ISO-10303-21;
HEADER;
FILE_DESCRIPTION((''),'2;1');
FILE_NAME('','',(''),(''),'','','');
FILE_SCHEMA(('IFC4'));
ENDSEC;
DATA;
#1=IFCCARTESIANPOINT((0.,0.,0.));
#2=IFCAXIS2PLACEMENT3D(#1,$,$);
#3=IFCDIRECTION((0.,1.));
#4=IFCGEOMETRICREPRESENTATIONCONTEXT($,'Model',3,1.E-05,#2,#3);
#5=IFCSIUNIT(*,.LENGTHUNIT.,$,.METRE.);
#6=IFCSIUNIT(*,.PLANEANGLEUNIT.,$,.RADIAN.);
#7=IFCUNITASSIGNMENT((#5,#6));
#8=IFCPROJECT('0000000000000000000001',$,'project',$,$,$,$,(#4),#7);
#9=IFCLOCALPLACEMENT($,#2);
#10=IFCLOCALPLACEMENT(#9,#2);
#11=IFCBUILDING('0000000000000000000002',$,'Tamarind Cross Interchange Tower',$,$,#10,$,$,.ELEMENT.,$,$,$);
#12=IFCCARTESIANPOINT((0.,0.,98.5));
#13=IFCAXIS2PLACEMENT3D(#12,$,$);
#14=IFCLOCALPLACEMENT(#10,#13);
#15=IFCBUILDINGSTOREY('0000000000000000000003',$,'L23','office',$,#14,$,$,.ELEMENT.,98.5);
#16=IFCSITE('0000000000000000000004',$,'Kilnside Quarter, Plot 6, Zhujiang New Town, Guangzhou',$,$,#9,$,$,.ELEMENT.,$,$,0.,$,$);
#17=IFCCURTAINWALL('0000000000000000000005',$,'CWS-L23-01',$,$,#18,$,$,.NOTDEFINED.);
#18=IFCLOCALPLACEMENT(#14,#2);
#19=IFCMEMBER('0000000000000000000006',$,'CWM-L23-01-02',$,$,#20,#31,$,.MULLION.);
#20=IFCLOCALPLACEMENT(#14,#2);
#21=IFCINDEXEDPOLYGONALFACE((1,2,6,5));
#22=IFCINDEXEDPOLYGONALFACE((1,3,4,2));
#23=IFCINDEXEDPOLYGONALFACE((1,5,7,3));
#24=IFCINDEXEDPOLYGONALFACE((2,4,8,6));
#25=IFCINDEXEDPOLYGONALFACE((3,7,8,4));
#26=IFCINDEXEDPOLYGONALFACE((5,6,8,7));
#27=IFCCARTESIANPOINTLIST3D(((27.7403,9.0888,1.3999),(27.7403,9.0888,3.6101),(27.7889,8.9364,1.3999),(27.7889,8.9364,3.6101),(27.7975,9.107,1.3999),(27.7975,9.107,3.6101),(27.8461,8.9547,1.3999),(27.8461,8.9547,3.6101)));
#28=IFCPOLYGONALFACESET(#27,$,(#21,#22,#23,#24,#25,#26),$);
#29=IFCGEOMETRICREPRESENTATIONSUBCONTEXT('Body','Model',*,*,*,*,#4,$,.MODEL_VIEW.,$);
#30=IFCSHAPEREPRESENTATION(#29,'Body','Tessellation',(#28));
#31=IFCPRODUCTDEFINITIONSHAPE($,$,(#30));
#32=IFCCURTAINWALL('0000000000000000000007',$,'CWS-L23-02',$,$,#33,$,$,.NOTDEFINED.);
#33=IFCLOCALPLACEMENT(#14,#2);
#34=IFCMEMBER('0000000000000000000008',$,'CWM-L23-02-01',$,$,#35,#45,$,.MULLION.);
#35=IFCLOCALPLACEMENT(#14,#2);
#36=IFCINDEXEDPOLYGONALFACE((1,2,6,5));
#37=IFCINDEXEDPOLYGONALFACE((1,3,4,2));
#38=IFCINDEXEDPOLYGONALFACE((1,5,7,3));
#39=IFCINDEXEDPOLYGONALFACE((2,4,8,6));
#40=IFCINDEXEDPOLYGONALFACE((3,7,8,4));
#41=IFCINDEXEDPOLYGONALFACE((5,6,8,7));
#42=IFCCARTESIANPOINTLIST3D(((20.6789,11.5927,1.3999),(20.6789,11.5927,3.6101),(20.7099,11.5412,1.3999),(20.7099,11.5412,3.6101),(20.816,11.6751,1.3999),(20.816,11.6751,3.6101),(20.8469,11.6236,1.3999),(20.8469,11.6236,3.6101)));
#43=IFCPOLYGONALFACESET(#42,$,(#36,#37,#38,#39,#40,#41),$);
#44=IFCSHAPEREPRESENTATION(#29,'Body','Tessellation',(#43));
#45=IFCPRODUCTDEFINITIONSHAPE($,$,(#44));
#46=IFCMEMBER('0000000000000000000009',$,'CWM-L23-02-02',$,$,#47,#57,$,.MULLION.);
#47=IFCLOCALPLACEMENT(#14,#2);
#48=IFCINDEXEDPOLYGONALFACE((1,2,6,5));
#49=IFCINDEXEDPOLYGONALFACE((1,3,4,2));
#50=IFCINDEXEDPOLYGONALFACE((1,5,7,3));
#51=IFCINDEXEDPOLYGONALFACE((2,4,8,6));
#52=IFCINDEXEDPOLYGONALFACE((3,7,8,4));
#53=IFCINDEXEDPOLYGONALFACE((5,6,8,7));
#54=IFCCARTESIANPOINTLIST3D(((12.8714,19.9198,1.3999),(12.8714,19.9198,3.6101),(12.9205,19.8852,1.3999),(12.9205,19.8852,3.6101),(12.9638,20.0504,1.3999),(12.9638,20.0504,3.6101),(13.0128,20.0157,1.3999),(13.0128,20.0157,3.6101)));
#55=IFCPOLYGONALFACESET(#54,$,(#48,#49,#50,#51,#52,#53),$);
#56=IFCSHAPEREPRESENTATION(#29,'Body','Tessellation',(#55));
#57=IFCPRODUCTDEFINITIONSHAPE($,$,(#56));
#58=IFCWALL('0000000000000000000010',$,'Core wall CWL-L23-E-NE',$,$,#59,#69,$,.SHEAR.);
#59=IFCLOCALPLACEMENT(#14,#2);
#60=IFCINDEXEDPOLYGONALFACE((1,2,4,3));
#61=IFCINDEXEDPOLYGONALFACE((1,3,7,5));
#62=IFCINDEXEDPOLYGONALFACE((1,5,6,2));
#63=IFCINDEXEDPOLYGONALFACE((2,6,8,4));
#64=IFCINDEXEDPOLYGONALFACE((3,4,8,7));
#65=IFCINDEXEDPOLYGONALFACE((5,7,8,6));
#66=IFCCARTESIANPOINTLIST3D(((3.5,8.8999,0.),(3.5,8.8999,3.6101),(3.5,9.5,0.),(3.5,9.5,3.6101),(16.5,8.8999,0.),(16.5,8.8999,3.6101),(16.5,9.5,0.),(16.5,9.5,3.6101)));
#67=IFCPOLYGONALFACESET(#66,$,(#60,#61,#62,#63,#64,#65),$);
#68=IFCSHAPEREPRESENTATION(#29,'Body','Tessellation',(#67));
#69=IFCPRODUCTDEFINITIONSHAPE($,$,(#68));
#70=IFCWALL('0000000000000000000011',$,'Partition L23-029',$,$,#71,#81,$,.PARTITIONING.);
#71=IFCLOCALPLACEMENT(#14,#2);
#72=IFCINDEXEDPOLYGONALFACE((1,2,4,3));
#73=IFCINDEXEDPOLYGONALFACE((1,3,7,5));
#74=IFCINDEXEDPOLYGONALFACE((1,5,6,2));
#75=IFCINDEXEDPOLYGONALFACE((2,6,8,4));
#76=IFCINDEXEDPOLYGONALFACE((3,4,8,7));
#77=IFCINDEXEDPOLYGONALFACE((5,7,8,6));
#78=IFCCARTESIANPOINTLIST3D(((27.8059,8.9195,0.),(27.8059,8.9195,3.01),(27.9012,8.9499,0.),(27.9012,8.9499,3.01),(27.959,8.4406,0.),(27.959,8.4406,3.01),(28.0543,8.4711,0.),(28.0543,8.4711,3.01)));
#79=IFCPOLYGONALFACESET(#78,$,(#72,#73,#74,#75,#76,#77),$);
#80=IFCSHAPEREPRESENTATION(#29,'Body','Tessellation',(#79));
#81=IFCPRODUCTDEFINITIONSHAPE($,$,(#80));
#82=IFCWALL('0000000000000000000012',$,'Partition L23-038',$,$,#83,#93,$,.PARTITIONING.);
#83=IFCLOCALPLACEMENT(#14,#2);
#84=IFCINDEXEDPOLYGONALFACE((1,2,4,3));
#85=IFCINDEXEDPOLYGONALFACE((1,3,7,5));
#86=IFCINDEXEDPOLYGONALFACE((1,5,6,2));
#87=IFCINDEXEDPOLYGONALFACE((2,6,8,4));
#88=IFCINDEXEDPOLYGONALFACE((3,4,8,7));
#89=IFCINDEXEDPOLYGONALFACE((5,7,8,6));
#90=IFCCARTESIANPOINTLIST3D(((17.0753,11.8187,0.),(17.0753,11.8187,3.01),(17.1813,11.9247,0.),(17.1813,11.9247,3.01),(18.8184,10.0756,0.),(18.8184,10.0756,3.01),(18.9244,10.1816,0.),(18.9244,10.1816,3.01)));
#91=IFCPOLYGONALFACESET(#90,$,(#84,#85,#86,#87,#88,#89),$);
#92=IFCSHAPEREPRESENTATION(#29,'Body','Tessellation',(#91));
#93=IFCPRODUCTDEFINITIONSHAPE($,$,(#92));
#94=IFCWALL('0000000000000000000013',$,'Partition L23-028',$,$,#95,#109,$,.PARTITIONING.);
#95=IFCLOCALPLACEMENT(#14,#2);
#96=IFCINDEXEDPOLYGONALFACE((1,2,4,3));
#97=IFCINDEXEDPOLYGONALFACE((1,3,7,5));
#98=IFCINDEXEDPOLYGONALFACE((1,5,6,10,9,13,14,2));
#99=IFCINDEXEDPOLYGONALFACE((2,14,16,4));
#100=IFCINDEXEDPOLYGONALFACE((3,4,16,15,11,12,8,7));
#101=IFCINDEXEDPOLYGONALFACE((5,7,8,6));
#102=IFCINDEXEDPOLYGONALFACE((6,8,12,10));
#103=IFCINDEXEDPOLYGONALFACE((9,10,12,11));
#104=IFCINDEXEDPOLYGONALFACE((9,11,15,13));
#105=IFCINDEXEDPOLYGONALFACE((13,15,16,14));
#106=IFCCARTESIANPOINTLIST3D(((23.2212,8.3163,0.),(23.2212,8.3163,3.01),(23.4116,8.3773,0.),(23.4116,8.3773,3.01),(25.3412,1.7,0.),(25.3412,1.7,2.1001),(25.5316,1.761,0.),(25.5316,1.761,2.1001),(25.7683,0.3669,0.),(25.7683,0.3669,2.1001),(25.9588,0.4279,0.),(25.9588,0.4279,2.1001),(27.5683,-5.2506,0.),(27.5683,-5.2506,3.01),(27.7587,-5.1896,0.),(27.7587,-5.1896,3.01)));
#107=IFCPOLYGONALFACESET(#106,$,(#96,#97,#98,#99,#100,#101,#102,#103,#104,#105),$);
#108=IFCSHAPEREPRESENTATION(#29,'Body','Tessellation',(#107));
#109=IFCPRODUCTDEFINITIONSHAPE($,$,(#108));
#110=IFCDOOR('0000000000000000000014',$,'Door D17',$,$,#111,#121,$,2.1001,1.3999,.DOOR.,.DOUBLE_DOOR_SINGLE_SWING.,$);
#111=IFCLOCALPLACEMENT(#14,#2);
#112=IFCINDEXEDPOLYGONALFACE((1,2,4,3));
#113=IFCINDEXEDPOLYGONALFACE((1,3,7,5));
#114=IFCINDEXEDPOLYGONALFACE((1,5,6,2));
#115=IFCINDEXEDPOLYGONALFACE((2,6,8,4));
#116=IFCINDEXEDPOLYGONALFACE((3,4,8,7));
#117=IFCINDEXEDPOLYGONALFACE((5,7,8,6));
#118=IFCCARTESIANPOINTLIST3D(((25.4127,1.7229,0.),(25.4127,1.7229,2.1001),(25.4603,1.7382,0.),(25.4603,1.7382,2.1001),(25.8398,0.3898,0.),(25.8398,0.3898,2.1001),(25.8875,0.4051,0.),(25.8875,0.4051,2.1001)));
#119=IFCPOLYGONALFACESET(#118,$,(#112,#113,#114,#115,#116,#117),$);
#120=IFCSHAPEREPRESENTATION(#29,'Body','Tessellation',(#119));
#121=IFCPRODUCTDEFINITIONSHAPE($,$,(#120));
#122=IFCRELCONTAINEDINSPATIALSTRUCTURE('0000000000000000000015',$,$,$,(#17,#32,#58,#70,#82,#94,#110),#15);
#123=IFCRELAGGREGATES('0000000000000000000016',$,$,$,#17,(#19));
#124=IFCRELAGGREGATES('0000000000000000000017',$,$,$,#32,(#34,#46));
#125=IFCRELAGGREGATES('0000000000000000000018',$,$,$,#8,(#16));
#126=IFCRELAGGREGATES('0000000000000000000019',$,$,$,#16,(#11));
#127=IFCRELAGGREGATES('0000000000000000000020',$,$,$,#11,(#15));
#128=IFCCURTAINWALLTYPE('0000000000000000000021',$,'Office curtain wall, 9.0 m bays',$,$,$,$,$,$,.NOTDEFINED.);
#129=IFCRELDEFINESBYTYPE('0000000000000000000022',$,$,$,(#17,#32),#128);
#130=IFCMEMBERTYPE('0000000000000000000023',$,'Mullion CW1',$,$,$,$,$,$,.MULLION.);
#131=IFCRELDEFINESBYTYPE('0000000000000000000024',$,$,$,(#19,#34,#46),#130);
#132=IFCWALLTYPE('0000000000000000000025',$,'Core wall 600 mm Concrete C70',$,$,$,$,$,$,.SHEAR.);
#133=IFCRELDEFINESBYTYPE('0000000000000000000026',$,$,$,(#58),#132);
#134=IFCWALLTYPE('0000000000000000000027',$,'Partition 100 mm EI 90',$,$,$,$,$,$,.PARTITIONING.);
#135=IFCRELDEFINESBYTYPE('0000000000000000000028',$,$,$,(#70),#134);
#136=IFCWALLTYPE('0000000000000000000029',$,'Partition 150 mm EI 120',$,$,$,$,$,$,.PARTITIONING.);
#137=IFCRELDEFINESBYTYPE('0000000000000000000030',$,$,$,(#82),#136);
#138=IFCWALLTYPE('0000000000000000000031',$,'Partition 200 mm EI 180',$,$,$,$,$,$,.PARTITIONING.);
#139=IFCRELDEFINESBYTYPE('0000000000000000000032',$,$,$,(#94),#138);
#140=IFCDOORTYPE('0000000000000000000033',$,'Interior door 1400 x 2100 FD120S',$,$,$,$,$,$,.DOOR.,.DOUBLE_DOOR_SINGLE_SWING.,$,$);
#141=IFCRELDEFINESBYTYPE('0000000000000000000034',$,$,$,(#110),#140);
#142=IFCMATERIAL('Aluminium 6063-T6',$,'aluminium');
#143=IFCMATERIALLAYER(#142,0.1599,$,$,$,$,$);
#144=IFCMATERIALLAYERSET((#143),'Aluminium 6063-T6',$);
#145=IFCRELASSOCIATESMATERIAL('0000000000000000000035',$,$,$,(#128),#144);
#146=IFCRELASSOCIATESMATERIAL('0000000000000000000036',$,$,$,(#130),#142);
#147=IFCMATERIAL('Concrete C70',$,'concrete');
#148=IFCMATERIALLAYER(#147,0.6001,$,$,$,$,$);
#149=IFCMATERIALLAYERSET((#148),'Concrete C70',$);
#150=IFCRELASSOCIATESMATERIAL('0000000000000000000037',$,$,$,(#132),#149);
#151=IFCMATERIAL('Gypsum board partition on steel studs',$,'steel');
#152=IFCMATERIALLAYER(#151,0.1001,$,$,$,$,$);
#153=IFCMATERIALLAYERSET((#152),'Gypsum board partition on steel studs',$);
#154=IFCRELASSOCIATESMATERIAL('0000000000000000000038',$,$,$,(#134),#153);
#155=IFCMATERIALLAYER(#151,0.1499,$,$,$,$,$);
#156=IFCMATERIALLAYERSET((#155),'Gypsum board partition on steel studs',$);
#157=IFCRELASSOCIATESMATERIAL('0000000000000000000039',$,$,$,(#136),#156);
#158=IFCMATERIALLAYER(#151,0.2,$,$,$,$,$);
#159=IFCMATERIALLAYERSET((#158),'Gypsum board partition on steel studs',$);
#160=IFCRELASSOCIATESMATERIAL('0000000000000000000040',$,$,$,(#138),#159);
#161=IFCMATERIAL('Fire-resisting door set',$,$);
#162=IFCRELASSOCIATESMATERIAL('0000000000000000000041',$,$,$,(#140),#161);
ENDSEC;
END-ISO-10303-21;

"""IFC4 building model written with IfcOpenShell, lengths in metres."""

from ifc_helpers import new_model, si_unit, direction, frame, frame_2d, origin, origin_2d, place, context, subcontext, project, spatial, rectangle, extrude, material, layer, layer_set, material_profile, profile_set, type_object, element, fill, aggregate, save


model = new_model("IFC4")

# Units and contexts
model_context = context("Model", 3, precision=1e-05, world=origin(), true_north=direction((0.0, 1.0)))
body_context = subcontext(model_context, "Body", "Model", "MODEL_VIEW")
ifc_project = project(units=[si_unit("LENGTHUNIT", "METRE"), si_unit("PLANEANGLEUNIT", "RADIAN")], contexts=[model_context])

# Site, building, storey
site_placement = place(None, origin())
site = spatial("IfcSite", under=ifc_project, at=site_placement, Name="Kilnside Quarter, Plot 6, Zhujiang New Town, Guangzhou", CompositionType="ELEMENT", RefElevation=0.0)
building_placement = place(site_placement, origin())
building = spatial("IfcBuilding", under=site, at=building_placement, Name="Tamarind Cross Interchange Tower", CompositionType="ELEMENT")
storey_placement = place(building_placement, frame((0.0, 0.0, 98.5)))
storey = spatial("IfcBuildingStorey", under=building, at=storey_placement, Name="L23", Description="office", CompositionType="ELEMENT", Elevation=98.5)

# Curtain wall, member
ifc_material_1 = material(Name="Aluminium 6063-T6", Category="aluminium")
ifc_layer_1 = layer(ifc_material_1, 0.1599)
ifc_layer_set_1 = layer_set([ifc_layer_1], Name="Aluminium 6063-T6")
curtain_wall_type = type_object("IfcCurtainWallType", Name="Office curtain wall, 9.0 m bays", PredefinedType="NOTDEFINED", material=ifc_layer_set_1)
curtain_wall_1_placement = place(storey_placement, origin())
curtain_wall_1 = element("IfcCurtainWall", 1, at=curtain_wall_1_placement, inside=storey, type_object=curtain_wall_type, Name="CWS-L23-01", PredefinedType="NOTDEFINED")
ifc_material_profile_1 = material_profile(ifc_material_1, rectangle(XDim=0.0601, YDim=0.1599, at=origin_2d()), Name="Mullion CW1")
ifc_profile_set_1 = profile_set([ifc_material_profile_1], Name="Aluminium 6063-T6")
member_type = type_object("IfcMemberType", Name="Mullion CW1", PredefinedType="MULLION", material=ifc_profile_set_1)
member_1_placement = place(storey_placement, frame((27.7932, 9.0217, 1.3999), z_axis=(0.0, 0.0, 1.0), x_axis=(-0.952773, -0.303683, 0.0)))
member_1 = element("IfcMember", 2, at=member_1_placement, type_object=member_type, Name="CWM-L23-01-02", PredefinedType="MULLION", context=body_context, shape_type="SweptSolid", body=[
    extrude(rectangle(XDim=0.0601, YDim=0.1599, at=origin_2d()), origin(), (0.0, 0.0, 1.0), 2.2102),
])
aggregate(curtain_wall_1, [member_1])

# Curtain wall, members
curtain_wall_2_placement = place(storey_placement, origin())
curtain_wall_2 = element("IfcCurtainWall", 3, at=curtain_wall_2_placement, inside=storey, type_object=curtain_wall_type, Name="CWS-L23-02", PredefinedType="NOTDEFINED")
member_2_placement = place(storey_placement, frame((20.7629, 11.6082, 1.3999), z_axis=(0.0, 0.0, 1.0), x_axis=(-0.515577, 0.856843, 0.0)))
member_2 = element("IfcMember", 4, at=member_2_placement, type_object=member_type, Name="CWM-L23-02-01", PredefinedType="MULLION", context=body_context, shape_type="SweptSolid", body=[
    extrude(rectangle(XDim=0.0601, YDim=0.1599, at=origin_2d()), origin(), (0.0, 0.0, 1.0), 2.2102),
])
member_3_placement = place(storey_placement, frame((12.9421, 19.9678, 1.3999), z_axis=(0.0, 0.0, 1.0), x_axis=(-0.816342, 0.577569, 0.0)))
member_3 = element("IfcMember", 5, at=member_3_placement, type_object=member_type, Name="CWM-L23-02-02", PredefinedType="MULLION", context=body_context, shape_type="SweptSolid", body=[
    extrude(rectangle(XDim=0.0601, YDim=0.1599, at=origin_2d()), origin(), (0.0, 0.0, 1.0), 2.2102),
])
aggregate(curtain_wall_2, [member_2, member_3])

# Walls
ifc_material_2 = material(Name="Concrete C70", Category="concrete")
ifc_layer_2 = layer(ifc_material_2, 0.6001)
ifc_layer_set_2 = layer_set([ifc_layer_2], Name="Concrete C70")
wall_type_1 = type_object("IfcWallType", Name="Core wall 600 mm Concrete C70", PredefinedType="SHEAR", material=ifc_layer_set_2)
wall_1_placement = place(storey_placement, frame((16.5, 9.2, 0.0), z_axis=(0.0, 0.0, 1.0), x_axis=(-1.0, 0.0, 0.0)))
element("IfcWall", 6, at=wall_1_placement, inside=storey, type_object=wall_type_1, Name="Core wall CWL-L23-E-NE", PredefinedType="SHEAR", context=body_context, shape_type="SweptSolid", body=[
    extrude(rectangle(XDim=13.0, YDim=0.6001, at=frame_2d((6.5, 0.0))), origin(), (0.0, 0.0, 1.0), 3.6101),
])
ifc_material_3 = material(Name="Gypsum board partition on steel studs", Category="steel")
ifc_layer_3 = layer(ifc_material_3, 0.1001)
ifc_layer_set_3 = layer_set([ifc_layer_3], Name="Gypsum board partition on steel studs")
wall_type_2 = type_object("IfcWallType", Name="Partition 100 mm EI 90", PredefinedType="PARTITIONING", material=ifc_layer_set_3)
wall_2_placement = place(storey_placement, frame((27.8535, 8.9348, 0.0), z_axis=(0.0, 0.0, 1.0), x_axis=(0.304547, -0.952497, 0.0)))
element("IfcWall", 7, at=wall_2_placement, inside=storey, type_object=wall_type_2, Name="Partition L23-029", PredefinedType="PARTITIONING", context=body_context, shape_type="SweptSolid", body=[
    extrude(rectangle(XDim=0.5027, YDim=0.1001, at=frame_2d((0.2515, 0.0))), origin(), (0.0, 0.0, 1.0), 3.01),
])
ifc_layer_4 = layer(ifc_material_3, 0.1499)
ifc_layer_set_4 = layer_set([ifc_layer_4], Name="Gypsum board partition on steel studs")
wall_type_3 = type_object("IfcWallType", Name="Partition 150 mm EI 120", PredefinedType="PARTITIONING", material=ifc_layer_set_4)
wall_3_placement = place(storey_placement, frame((17.1284, 11.8716, 0.0), z_axis=(0.0, 0.0, 1.0), x_axis=(0.707107, -0.707107, 0.0)))
element("IfcWall", 8, at=wall_3_placement, inside=storey, type_object=wall_type_3, Name="Partition L23-038", PredefinedType="PARTITIONING", context=body_context, shape_type="SweptSolid", body=[
    extrude(rectangle(XDim=2.4651, YDim=0.1499, at=frame_2d((1.2324, 0.0))), origin(), (0.0, 0.0, 1.0), 3.01),
])

# Wall, opening, door
ifc_layer_5 = layer(ifc_material_3, 0.2)
ifc_layer_set_5 = layer_set([ifc_layer_5], Name="Gypsum board partition on steel studs")
wall_type_4 = type_object("IfcWallType", Name="Partition 200 mm EI 180", PredefinedType="PARTITIONING", material=ifc_layer_set_5)
wall_4_placement = place(storey_placement, frame((23.3164, 8.3467, 0.0), z_axis=(0.0, 0.0, 1.0), x_axis=(0.305143, -0.952307, 0.0)))
wall_4 = element("IfcWall", 9, at=wall_4_placement, inside=storey, type_object=wall_type_4, Name="Partition L23-028", PredefinedType="PARTITIONING", context=body_context, shape_type="SweptSolid", body=[
    extrude(rectangle(XDim=14.2463, YDim=0.2, at=frame_2d((7.123, 0.0))), origin(), (0.0, 0.0, 1.0), 3.01),
])
opening_placement = place(wall_4_placement, frame((6.9475, 0.0, 0.0)))
opening = element("IfcOpeningElement", 10, at=opening_placement, cuts=wall_4, PredefinedType="OPENING", context=body_context, shape_type="SweptSolid", body=[
    extrude(rectangle(XDim=1.3999, YDim=2.1001, at=frame_2d((0.7, 1.05))), frame((0.0, 0.1099, 0.0), z_axis=(0.0, -1.0, 0.0), x_axis=(1.0, 0.0, 0.0)), (0.0, 0.0, 1.0), 0.22),
])
ifc_material_4 = material(Name="Fire-resisting door set")
door_type = type_object("IfcDoorType", Name="Interior door 1400 x 2100 FD120S", OperationType="DOUBLE_DOOR_SINGLE_SWING", PredefinedType="DOOR", material=ifc_material_4)
door_placement = place(opening_placement, frame((1.3999, 0.0, 0.0), z_axis=(0.0, 0.0, 1.0), x_axis=(-1.0, 0.0, 0.0)))
door = element("IfcDoor", 11, at=door_placement, inside=storey, type_object=door_type, Name="Door D17", OperationType="DOUBLE_DOOR_SINGLE_SWING", OverallHeight=2.1001, OverallWidth=1.3999, PredefinedType="DOOR", context=body_context, shape_type="SweptSolid", body=[
    extrude(rectangle(XDim=1.3999, YDim=2.1001, at=frame_2d((0.7, 1.05))), frame((0.0, 0.0249, 0.0), z_axis=(0.0, -1.0, 0.0), x_axis=(1.0, 0.0, 0.0)), (0.0, 0.0, 1.0), 0.05),
])
fill(opening, door)

save(model, "model.ifc")
